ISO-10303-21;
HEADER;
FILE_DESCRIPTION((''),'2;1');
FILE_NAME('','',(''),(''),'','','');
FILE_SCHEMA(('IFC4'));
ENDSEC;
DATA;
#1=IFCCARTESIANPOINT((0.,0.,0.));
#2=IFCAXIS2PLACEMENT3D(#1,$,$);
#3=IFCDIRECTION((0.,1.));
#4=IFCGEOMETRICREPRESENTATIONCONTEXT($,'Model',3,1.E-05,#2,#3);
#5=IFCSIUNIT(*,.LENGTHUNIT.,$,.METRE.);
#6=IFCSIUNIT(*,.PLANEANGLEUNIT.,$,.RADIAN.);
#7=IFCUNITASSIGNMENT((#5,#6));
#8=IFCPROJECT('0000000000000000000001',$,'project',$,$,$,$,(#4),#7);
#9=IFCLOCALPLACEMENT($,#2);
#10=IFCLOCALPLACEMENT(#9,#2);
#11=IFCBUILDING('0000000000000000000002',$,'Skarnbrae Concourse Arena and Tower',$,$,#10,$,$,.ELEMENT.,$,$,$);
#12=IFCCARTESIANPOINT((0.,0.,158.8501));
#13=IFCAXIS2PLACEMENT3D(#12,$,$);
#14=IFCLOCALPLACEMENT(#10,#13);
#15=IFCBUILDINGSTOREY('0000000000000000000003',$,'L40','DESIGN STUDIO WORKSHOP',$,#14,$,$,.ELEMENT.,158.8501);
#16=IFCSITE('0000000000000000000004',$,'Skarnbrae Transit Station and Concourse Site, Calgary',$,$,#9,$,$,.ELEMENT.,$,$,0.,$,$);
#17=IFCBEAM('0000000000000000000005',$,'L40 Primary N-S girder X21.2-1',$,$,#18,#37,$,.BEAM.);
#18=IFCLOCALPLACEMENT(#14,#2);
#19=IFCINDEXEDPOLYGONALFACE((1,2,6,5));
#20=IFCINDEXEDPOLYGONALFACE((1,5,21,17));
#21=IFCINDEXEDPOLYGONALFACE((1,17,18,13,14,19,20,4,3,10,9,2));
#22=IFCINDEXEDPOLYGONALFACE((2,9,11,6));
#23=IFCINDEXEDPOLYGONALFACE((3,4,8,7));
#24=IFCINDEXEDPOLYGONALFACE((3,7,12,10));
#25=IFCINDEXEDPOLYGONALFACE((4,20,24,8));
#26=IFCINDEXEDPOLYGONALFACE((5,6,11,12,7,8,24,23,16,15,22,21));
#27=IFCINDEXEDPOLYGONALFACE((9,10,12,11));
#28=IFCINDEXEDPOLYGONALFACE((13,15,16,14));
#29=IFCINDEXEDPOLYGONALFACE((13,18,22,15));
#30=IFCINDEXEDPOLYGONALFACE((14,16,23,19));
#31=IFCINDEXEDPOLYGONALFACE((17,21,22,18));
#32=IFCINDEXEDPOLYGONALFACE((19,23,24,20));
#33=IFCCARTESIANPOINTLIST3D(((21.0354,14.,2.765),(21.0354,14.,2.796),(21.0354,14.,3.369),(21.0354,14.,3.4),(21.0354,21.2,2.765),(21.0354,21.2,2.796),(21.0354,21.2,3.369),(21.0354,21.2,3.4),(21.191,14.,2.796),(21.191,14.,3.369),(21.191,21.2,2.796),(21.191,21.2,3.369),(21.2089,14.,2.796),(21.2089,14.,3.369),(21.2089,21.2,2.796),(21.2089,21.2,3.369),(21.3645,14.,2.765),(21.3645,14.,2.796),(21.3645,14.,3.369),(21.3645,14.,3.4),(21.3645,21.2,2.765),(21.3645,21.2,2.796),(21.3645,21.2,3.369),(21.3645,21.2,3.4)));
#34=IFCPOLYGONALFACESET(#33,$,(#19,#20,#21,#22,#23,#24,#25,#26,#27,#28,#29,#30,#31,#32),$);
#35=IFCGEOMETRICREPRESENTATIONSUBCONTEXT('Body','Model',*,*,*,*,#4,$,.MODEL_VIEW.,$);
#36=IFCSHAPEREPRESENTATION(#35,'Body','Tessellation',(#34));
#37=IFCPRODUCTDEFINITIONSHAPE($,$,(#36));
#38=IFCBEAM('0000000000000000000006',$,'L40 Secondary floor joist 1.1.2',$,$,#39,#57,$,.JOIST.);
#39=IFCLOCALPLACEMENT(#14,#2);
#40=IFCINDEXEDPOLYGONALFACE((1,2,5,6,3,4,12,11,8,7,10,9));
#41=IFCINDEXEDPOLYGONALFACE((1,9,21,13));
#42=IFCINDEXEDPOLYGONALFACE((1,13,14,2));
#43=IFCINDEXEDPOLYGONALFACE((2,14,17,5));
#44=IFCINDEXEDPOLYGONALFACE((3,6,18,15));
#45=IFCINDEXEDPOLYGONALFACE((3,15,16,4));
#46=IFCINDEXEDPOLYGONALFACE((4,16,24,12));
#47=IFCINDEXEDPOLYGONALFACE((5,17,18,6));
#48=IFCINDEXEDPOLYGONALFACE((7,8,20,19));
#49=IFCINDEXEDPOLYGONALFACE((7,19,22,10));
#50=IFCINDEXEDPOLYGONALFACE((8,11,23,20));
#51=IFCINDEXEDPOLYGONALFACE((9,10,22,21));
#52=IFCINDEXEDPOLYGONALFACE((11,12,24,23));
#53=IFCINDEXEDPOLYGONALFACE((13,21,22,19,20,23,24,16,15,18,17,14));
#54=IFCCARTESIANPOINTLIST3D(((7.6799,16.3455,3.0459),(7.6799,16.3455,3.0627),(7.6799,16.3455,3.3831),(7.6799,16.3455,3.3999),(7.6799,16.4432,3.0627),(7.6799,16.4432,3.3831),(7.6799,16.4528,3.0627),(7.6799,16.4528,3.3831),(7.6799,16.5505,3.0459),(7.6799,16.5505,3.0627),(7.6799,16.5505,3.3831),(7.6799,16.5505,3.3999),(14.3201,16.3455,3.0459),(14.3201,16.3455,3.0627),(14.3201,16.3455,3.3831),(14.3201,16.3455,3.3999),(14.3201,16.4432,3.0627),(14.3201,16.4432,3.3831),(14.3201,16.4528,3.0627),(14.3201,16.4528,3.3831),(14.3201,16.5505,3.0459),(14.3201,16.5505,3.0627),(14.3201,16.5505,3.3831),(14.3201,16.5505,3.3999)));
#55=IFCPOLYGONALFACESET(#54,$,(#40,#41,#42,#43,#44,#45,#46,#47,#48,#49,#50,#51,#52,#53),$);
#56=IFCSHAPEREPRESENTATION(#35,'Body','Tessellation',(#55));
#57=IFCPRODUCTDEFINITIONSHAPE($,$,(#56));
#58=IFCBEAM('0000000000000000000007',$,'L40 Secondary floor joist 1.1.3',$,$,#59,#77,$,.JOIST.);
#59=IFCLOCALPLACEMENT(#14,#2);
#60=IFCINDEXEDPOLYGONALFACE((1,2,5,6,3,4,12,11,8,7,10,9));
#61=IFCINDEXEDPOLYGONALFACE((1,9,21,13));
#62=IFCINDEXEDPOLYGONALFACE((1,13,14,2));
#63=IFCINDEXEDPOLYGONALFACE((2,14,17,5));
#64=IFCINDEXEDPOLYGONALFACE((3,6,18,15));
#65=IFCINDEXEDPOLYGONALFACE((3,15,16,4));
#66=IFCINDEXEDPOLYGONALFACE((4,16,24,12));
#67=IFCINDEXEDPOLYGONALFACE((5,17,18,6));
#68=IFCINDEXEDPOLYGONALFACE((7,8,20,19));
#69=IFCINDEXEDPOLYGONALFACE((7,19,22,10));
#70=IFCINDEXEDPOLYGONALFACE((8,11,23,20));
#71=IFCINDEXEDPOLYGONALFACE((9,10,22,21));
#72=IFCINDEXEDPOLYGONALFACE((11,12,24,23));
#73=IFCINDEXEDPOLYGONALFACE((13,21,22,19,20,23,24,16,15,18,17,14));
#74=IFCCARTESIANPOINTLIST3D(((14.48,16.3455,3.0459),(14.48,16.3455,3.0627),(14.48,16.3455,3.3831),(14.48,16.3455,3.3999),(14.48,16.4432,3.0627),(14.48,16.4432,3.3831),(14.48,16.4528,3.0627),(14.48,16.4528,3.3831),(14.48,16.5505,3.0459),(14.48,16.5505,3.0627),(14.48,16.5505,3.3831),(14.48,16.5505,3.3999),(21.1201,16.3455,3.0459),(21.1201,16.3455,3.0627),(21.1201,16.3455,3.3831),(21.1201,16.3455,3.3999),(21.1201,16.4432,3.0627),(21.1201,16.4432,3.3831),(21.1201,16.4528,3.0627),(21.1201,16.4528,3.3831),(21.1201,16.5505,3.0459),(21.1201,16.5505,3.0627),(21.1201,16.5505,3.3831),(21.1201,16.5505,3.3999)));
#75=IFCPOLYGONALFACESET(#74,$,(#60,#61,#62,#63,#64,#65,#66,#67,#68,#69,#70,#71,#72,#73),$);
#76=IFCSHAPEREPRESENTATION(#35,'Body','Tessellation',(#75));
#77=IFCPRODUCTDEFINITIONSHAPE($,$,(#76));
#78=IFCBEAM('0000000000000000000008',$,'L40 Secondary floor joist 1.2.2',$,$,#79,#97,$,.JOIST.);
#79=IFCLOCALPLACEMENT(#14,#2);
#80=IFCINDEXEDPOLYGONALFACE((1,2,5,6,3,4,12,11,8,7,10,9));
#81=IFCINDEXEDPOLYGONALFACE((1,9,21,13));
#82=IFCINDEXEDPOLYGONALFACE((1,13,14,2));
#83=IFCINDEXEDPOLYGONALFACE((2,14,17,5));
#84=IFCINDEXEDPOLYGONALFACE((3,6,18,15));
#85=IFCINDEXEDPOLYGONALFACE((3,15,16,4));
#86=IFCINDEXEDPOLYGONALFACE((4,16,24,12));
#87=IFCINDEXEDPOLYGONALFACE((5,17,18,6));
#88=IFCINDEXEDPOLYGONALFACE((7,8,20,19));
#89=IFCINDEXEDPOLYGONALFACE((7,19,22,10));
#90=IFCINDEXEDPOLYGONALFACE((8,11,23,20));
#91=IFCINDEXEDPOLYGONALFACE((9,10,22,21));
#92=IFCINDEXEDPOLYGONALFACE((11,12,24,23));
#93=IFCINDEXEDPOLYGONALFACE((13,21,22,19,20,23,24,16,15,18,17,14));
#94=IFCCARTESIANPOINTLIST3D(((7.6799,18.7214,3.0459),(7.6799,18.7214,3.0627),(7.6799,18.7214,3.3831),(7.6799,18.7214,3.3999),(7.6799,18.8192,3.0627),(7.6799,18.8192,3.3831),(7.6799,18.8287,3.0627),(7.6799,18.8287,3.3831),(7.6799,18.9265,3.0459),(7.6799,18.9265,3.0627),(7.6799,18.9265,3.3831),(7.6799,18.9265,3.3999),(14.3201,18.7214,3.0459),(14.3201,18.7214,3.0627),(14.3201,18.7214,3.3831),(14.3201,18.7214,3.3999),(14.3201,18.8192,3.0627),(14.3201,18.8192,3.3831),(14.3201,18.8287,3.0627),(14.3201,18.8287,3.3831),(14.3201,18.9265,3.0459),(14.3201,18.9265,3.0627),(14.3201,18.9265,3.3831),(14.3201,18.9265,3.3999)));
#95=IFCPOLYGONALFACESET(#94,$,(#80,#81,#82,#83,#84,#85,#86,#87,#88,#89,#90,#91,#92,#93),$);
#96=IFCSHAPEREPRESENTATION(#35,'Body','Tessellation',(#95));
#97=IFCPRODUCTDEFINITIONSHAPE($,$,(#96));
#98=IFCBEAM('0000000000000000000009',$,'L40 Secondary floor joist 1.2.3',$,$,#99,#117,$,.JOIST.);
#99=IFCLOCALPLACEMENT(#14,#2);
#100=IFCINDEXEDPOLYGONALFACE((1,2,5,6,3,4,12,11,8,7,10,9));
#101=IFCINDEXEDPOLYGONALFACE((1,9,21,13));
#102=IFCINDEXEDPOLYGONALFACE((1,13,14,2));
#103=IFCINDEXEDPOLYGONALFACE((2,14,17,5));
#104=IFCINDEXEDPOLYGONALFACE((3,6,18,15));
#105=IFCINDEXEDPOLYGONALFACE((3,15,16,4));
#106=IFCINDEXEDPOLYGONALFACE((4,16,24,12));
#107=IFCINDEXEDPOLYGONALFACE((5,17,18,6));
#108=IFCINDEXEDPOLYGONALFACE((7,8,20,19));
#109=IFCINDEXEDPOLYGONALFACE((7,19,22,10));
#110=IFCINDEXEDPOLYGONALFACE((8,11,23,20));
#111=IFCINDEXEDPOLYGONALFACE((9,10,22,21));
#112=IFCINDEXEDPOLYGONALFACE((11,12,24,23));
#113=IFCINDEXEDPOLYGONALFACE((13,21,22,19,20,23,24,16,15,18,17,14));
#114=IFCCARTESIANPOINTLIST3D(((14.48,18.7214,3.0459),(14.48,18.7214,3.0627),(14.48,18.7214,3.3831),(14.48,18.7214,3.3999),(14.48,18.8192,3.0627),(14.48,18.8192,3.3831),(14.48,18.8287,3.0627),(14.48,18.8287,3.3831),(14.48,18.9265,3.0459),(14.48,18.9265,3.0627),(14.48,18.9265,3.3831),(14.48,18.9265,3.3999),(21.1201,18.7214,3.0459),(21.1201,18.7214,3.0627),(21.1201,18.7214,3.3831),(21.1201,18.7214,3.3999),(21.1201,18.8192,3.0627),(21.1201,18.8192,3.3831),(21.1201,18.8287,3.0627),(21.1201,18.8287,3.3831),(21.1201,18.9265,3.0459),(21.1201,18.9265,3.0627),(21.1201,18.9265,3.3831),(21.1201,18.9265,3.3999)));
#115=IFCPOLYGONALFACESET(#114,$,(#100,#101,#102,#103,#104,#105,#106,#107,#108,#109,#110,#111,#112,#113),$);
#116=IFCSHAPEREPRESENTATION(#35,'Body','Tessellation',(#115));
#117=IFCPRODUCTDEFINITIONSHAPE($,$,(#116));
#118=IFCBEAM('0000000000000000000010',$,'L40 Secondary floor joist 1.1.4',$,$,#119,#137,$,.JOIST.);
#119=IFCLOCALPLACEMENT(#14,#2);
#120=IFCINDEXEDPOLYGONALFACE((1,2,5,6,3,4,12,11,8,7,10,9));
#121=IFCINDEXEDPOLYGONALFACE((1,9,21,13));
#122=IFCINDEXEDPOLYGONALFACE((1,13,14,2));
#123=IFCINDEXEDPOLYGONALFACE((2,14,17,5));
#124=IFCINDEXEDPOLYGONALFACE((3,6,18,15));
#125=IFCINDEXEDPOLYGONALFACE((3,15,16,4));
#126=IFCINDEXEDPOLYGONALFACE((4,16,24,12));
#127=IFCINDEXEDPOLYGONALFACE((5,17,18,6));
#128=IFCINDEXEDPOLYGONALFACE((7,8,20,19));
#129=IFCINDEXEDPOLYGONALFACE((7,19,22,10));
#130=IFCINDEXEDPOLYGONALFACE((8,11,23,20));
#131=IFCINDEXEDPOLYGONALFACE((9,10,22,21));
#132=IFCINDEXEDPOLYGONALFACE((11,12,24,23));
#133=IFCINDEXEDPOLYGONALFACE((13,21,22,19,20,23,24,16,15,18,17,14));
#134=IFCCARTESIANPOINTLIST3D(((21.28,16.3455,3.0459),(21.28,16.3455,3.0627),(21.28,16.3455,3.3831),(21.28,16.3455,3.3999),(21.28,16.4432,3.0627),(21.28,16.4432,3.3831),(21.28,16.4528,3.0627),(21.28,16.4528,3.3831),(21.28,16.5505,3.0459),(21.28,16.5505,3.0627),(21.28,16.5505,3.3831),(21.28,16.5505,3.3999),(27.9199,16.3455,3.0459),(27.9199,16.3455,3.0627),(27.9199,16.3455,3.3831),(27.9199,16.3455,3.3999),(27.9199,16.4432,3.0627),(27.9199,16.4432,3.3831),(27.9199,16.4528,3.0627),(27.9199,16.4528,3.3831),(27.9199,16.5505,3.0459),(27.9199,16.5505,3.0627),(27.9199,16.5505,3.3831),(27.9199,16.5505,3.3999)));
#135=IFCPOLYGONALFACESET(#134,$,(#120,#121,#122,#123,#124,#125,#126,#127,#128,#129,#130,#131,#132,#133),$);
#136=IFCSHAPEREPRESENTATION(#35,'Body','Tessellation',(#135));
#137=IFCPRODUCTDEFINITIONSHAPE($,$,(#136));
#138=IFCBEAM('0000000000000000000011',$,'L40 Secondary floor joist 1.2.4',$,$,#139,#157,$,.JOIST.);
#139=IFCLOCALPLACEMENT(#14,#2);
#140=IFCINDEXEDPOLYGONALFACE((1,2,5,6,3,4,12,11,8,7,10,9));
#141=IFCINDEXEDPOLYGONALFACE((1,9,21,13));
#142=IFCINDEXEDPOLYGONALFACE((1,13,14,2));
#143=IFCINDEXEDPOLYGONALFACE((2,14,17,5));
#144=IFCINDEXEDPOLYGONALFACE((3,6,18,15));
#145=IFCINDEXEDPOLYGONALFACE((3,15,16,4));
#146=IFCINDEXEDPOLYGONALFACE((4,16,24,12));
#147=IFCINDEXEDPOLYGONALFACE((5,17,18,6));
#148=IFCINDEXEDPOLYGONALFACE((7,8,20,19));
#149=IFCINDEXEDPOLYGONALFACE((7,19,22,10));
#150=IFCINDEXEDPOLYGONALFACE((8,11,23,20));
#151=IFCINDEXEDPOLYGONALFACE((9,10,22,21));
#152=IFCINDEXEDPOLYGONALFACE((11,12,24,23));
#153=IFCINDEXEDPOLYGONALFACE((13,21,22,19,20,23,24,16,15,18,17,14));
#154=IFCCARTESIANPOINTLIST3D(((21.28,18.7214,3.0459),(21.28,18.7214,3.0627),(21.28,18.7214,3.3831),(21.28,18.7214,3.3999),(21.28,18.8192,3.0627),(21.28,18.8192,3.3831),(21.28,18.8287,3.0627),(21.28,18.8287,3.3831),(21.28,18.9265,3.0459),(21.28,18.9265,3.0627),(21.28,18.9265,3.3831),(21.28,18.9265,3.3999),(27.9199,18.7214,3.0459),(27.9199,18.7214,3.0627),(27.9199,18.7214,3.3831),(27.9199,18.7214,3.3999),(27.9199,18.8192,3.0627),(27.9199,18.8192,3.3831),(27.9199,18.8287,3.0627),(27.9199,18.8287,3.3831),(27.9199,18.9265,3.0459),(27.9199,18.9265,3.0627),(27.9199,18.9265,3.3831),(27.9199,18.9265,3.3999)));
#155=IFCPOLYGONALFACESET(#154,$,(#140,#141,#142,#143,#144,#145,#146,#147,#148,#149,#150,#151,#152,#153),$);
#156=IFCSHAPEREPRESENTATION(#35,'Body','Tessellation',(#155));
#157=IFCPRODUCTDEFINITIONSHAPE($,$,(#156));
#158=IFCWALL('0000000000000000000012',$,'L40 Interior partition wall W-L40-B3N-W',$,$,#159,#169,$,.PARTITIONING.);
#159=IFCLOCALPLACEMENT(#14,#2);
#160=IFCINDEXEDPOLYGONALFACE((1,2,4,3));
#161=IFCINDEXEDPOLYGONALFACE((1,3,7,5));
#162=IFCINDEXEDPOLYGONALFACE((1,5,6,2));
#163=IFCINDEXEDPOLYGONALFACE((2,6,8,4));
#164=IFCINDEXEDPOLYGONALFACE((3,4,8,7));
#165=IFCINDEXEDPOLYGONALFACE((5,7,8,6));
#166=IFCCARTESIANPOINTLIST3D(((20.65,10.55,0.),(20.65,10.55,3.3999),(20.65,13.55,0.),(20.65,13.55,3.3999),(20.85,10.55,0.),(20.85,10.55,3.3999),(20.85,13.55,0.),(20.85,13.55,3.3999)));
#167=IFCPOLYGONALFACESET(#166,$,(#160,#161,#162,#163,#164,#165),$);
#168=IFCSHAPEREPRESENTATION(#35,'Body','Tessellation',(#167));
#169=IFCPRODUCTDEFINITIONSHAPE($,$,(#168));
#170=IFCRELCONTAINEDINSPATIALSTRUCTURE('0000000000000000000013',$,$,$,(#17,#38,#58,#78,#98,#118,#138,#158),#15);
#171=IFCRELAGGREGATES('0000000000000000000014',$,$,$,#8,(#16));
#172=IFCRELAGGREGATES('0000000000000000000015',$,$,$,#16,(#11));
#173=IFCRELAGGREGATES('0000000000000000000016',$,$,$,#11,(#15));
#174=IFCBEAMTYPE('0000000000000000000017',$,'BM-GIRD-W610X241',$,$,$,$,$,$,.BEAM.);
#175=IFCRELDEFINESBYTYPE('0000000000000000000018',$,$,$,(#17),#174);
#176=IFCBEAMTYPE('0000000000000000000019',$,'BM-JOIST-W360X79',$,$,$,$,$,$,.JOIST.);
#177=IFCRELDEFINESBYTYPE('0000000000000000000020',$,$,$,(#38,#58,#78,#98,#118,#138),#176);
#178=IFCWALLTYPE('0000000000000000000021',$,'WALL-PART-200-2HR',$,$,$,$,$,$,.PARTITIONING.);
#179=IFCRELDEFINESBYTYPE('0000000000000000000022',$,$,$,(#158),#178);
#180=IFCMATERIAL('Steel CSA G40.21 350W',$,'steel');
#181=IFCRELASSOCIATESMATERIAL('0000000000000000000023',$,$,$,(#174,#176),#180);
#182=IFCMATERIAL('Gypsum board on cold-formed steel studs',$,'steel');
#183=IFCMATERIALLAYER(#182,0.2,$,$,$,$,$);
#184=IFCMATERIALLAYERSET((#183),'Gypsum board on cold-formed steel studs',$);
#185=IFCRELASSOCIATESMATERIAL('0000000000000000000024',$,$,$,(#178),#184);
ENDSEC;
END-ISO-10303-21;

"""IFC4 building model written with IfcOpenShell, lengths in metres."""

from ifc_helpers import new_model, si_unit, direction, frame, frame_2d, origin, origin_2d, place, context, subcontext, project, spatial, rectangle, i_section, extrude, source, transform, mapped, material, layer, layer_set, material_profile, profile_set, type_object, element, save


model = new_model("IFC4")

# Units and contexts
model_context = context("Model", 3, precision=1e-05, world=origin(), true_north=direction((0.0, 1.0)))
body_context = subcontext(model_context, "Body", "Model", "MODEL_VIEW")
ifc_project = project(units=[si_unit("LENGTHUNIT", "METRE"), si_unit("PLANEANGLEUNIT", "RADIAN")], contexts=[model_context])

# Site, building, storey
site_placement = place(None, origin())
site = spatial("IfcSite", under=ifc_project, at=site_placement, Name="Skarnbrae Transit Station and Concourse Site, Calgary", CompositionType="ELEMENT", RefElevation=0.0)
building_placement = place(site_placement, origin())
building = spatial("IfcBuilding", under=site, at=building_placement, Name="Skarnbrae Concourse Arena and Tower", CompositionType="ELEMENT")
storey_placement = place(building_placement, frame((0.0, 0.0, 158.8501)))
storey = spatial("IfcBuildingStorey", under=building, at=storey_placement, Name="L40", Description="DESIGN STUDIO WORKSHOP", CompositionType="ELEMENT", Elevation=158.8501)

# Shared definitions
ifc_material_1 = material(Name="Steel CSA G40.21 350W", Category="steel")

# Beams
ifc_material_profile_1 = material_profile(ifc_material_1, i_section(OverallWidth=0.3291, OverallDepth=0.635, WebThickness=0.0178, FlangeThickness=0.031, at=origin_2d()), Name="W610X241")
ifc_profile_set_1 = profile_set([ifc_material_profile_1], Name="Steel CSA G40.21 350W")
beam_type_1 = type_object("IfcBeamType", Name="BM-GIRD-W610X241", PredefinedType="BEAM", material=ifc_profile_set_1)
shared_shape_1 = source(origin(), body_context, "Body", "SweptSolid", [
    extrude(i_section(OverallWidth=0.3291, OverallDepth=0.635, WebThickness=0.0178, FlangeThickness=0.031, at=origin_2d()), origin(), (0.0, 0.0, 1.0), 7.2),
])
for number, where, z_axis, x_axis, name in (
    (1, (21.2, 14.0, 3.0825), (0.0, 1.0, 0.0), (-1.0, 0.0, 0.0), "L40 Primary N-S girder X21.2-1"),
):
    element("IfcBeam", number, at=place(storey_placement, frame(where, z_axis=z_axis, x_axis=x_axis)), inside=storey, type_object=beam_type_1, Name=name, PredefinedType="BEAM", context=body_context, shape_type="MappedRepresentation", body=[
        mapped(shared_shape_1, transform((0.0, 0.0, 0.0))),
    ])
ifc_material_profile_2 = material_profile(ifc_material_1, i_section(OverallWidth=0.2051, OverallDepth=0.354, WebThickness=0.0095, FlangeThickness=0.0168, at=origin_2d()), Name="W360X79")
ifc_profile_set_2 = profile_set([ifc_material_profile_2], Name="Steel CSA G40.21 350W")
beam_type_2 = type_object("IfcBeamType", Name="BM-JOIST-W360X79", PredefinedType="JOIST", material=ifc_profile_set_2)
shared_shape_2 = source(origin(), body_context, "Body", "SweptSolid", [
    extrude(i_section(OverallWidth=0.2051, OverallDepth=0.354, WebThickness=0.0095, FlangeThickness=0.0168, at=origin_2d()), origin(), (0.0, 0.0, 1.0), 6.6401),
])
for number, where, z_axis, x_axis, name in (
    (2, (7.6799, 16.448, 3.2229), (1.0, 0.0, 0.0), (0.0, 1.0, 0.0), "L40 Secondary floor joist 1.1.2"),
    (3, (14.48, 16.448, 3.2229), (1.0, 0.0, 0.0), (0.0, 1.0, 0.0), "L40 Secondary floor joist 1.1.3"),
    (4, (7.6799, 18.824, 3.2229), (1.0, 0.0, 0.0), (0.0, 1.0, 0.0), "L40 Secondary floor joist 1.2.2"),
    (5, (14.48, 18.824, 3.2229), (1.0, 0.0, 0.0), (0.0, 1.0, 0.0), "L40 Secondary floor joist 1.2.3"),
):
    element("IfcBeam", number, at=place(storey_placement, frame(where, z_axis=z_axis, x_axis=x_axis)), inside=storey, type_object=beam_type_2, Name=name, PredefinedType="JOIST", context=body_context, shape_type="MappedRepresentation", body=[
        mapped(shared_shape_2, transform((0.0, 0.0, 0.0))),
    ])
shared_shape_3 = source(origin(), body_context, "Body", "SweptSolid", [
    extrude(i_section(OverallWidth=0.2051, OverallDepth=0.354, WebThickness=0.0095, FlangeThickness=0.0168, at=origin_2d()), origin(), (0.0, 0.0, 1.0), 6.6399),
])
for number, where, z_axis, x_axis, name in (
    (6, (21.28, 16.448, 3.2229), (1.0, 0.0, 0.0), (0.0, 1.0, 0.0), "L40 Secondary floor joist 1.1.4"),
    (7, (21.28, 18.824, 3.2229), (1.0, 0.0, 0.0), (0.0, 1.0, 0.0), "L40 Secondary floor joist 1.2.4"),
):
    element("IfcBeam", number, at=place(storey_placement, frame(where, z_axis=z_axis, x_axis=x_axis)), inside=storey, type_object=beam_type_2, Name=name, PredefinedType="JOIST", context=body_context, shape_type="MappedRepresentation", body=[
        mapped(shared_shape_3, transform((0.0, 0.0, 0.0))),
    ])

# Wall
ifc_material_2 = material(Name="Gypsum board on cold-formed steel studs", Category="steel")
ifc_layer_1 = layer(ifc_material_2, 0.2)
ifc_layer_set_1 = layer_set([ifc_layer_1], Name="Gypsum board on cold-formed steel studs")
wall_type_1 = type_object("IfcWallType", Name="WALL-PART-200-2HR", PredefinedType="PARTITIONING", material=ifc_layer_set_1)
shared_shape_4 = source(origin(), body_context, "Body", "SweptSolid", [
    extrude(rectangle(XDim=3.0, YDim=0.2, at=frame_2d((1.5, 0.0))), origin(), (0.0, 0.0, 1.0), 3.3999),
])
wall_1_placement = place(storey_placement, frame((20.75, 10.55, 0.0), z_axis=(0.0, 0.0, 1.0), x_axis=(0.0, 1.0, 0.0)))
element("IfcWall", 8, at=wall_1_placement, inside=storey, type_object=wall_type_1, Name="L40 Interior partition wall W-L40-B3N-W", PredefinedType="PARTITIONING", context=body_context, shape_type="MappedRepresentation", body=[
    mapped(shared_shape_4, transform((0.0, 0.0, 0.0))),
])

save(model, "model.ifc")
